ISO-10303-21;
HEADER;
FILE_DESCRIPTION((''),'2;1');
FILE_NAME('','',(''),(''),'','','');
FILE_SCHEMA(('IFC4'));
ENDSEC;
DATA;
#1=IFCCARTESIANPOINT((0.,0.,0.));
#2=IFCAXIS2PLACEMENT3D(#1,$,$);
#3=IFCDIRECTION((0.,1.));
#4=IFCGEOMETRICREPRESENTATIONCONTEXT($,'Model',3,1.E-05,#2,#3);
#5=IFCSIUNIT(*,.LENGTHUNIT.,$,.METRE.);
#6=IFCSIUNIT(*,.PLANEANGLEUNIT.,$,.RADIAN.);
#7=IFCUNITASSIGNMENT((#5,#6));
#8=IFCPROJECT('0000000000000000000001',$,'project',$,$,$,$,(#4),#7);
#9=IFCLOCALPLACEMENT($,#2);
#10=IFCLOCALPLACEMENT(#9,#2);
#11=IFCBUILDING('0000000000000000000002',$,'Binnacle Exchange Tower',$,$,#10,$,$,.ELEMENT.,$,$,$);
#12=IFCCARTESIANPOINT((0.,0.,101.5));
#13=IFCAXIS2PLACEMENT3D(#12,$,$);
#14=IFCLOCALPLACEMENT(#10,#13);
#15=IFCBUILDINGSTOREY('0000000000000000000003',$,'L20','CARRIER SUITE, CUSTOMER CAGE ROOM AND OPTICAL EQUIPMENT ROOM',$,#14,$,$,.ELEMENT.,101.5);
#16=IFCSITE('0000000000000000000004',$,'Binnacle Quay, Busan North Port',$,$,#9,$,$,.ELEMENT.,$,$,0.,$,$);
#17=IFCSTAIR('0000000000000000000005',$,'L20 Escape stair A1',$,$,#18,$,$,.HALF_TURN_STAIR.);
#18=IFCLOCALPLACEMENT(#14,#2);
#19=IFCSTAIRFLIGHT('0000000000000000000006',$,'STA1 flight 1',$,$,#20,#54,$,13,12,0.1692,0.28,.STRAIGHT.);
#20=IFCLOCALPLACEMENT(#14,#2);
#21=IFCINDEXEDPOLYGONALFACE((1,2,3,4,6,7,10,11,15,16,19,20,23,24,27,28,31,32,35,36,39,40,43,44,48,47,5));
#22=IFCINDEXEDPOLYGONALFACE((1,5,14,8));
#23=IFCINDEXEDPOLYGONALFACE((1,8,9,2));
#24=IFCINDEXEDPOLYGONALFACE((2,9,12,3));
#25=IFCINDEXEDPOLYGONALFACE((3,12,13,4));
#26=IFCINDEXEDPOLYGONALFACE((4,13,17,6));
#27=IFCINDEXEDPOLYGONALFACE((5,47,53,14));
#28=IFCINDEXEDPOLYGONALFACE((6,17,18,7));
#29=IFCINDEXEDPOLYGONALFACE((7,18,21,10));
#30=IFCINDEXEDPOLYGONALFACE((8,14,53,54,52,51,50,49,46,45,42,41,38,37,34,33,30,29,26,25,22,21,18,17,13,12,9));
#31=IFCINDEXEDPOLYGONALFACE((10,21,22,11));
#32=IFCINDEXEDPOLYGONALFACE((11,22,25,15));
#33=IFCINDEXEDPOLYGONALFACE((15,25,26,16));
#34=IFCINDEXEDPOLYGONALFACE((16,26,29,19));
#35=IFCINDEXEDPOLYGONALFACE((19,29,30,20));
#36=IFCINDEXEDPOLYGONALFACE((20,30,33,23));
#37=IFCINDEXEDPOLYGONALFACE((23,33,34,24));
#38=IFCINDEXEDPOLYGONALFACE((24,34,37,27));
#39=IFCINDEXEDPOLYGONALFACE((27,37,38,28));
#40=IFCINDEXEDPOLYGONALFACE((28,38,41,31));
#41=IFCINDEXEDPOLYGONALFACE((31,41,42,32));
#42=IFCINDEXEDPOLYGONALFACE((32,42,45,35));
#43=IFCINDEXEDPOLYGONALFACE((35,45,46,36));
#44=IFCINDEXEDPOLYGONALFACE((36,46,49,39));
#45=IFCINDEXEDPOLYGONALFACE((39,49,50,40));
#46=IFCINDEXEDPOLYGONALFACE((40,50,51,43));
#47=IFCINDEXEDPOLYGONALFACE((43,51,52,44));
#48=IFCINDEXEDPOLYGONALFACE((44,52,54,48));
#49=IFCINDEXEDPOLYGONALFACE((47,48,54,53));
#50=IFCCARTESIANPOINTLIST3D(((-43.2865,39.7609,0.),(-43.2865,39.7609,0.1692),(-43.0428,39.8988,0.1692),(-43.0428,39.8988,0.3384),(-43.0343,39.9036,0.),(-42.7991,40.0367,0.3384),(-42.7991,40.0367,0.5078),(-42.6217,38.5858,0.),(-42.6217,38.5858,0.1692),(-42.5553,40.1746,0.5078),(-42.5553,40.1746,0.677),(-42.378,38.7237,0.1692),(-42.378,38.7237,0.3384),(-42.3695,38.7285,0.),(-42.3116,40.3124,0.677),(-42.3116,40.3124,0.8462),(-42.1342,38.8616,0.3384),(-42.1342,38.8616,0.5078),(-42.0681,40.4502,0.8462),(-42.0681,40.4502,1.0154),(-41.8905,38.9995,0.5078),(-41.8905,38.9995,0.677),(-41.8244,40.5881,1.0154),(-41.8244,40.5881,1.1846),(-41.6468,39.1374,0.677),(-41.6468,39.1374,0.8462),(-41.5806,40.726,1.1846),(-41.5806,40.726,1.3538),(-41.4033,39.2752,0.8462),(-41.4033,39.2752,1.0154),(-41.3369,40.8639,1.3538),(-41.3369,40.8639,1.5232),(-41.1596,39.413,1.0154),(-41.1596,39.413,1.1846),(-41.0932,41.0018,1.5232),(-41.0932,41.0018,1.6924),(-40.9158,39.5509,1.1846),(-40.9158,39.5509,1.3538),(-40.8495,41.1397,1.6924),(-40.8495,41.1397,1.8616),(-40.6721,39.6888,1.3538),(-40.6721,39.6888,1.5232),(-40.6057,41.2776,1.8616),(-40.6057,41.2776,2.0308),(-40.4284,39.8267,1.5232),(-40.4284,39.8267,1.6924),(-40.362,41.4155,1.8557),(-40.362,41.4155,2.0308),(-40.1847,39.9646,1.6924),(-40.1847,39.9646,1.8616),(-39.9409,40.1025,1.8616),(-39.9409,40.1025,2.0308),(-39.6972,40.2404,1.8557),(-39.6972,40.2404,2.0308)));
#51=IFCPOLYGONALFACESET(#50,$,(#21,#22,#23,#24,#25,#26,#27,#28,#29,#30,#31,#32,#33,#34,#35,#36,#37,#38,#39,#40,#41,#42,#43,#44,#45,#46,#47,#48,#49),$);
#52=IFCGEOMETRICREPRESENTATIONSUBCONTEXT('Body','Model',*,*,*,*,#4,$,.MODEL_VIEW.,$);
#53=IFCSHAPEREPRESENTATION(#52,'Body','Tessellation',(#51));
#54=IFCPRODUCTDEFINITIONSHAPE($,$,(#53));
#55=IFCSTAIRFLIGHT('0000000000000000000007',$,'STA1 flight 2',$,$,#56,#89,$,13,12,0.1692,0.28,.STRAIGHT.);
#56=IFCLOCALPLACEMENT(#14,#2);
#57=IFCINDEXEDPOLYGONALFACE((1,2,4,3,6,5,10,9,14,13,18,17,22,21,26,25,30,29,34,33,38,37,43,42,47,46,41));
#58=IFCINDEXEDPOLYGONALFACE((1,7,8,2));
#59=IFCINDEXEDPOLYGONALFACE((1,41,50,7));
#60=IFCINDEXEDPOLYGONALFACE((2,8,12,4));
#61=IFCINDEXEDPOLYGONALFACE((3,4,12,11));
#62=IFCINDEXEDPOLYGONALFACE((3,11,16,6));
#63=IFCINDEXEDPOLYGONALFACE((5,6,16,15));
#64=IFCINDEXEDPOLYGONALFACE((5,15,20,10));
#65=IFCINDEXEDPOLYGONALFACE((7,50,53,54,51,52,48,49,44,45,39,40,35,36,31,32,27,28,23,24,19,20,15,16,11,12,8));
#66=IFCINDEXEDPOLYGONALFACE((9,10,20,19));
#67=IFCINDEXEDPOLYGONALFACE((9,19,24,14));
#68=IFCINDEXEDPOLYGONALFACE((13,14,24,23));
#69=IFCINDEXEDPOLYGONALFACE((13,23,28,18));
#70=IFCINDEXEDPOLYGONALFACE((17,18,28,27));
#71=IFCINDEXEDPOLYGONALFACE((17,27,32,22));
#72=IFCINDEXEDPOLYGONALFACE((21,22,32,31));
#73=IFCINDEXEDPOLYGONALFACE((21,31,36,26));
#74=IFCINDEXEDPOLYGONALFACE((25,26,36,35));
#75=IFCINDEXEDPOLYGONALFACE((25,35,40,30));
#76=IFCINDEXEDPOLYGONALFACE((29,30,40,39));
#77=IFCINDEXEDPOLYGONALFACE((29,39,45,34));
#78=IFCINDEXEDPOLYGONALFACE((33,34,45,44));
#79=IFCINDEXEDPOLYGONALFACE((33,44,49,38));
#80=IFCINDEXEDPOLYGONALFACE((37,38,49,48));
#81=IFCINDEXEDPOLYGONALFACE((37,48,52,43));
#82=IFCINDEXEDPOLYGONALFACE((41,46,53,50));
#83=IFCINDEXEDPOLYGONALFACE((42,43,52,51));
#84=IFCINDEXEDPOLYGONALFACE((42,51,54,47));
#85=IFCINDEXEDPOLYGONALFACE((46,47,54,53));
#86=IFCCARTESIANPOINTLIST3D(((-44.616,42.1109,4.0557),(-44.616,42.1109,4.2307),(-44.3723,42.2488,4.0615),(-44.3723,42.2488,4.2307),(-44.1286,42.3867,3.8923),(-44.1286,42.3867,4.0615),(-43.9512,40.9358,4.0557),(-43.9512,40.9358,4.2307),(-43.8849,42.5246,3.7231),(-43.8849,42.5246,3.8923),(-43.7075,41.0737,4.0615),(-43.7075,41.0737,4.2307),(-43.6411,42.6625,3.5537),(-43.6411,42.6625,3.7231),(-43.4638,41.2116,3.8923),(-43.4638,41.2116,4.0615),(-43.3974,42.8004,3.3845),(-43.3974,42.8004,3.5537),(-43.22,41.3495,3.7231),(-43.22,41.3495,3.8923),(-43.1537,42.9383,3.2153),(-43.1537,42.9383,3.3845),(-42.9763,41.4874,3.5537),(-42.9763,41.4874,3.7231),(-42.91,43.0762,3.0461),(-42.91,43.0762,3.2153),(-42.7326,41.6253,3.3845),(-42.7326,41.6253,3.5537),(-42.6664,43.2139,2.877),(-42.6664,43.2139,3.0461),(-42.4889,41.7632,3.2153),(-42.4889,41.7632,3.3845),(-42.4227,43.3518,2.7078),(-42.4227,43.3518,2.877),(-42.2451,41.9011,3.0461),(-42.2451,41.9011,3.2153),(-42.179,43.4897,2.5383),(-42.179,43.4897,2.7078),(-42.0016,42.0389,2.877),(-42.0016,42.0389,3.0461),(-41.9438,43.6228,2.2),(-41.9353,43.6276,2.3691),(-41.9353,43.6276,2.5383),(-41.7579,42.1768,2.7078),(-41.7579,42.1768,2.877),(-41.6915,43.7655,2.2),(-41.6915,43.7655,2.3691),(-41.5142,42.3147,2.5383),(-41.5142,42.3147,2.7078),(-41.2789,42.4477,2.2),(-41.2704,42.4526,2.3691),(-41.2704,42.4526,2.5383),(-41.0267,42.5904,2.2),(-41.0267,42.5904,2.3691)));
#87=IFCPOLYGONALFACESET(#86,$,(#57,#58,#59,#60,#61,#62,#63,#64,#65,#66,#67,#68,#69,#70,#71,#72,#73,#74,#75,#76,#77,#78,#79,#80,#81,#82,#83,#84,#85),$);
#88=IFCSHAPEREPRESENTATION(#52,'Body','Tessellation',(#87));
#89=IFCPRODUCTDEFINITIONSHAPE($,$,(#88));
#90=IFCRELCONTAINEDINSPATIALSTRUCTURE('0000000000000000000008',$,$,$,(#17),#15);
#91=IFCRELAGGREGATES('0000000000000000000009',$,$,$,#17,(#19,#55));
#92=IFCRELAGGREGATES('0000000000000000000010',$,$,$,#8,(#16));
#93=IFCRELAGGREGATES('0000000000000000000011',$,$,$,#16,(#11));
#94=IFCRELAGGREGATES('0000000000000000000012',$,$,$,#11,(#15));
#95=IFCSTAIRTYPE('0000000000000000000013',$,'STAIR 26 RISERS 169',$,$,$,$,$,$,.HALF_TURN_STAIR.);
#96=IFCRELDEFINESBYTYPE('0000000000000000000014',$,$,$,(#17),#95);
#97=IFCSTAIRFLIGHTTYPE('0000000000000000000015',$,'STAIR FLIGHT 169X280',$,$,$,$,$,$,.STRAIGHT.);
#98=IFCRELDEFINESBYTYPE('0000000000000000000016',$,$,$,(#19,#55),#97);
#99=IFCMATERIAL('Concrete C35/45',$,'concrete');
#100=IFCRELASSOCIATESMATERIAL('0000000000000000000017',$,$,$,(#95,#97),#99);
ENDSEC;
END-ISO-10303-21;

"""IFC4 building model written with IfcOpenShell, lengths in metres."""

from ifc_helpers import new_model, si_unit, direction, frame, origin, place, context, subcontext, project, spatial, polyline, outline, extrude, material, type_object, element, aggregate, save


model = new_model("IFC4")

# Units and contexts
model_context = context("Model", 3, precision=1e-05, world=origin(), true_north=direction((0.0, 1.0)))
body_context = subcontext(model_context, "Body", "Model", "MODEL_VIEW")
ifc_project = project(units=[si_unit("LENGTHUNIT", "METRE"), si_unit("PLANEANGLEUNIT", "RADIAN")], contexts=[model_context])

# Site, building, storey
site_placement = place(None, origin())
site = spatial("IfcSite", under=ifc_project, at=site_placement, Name="Binnacle Quay, Busan North Port", CompositionType="ELEMENT", RefElevation=0.0)
building_placement = place(site_placement, origin())
building = spatial("IfcBuilding", under=site, at=building_placement, Name="Binnacle Exchange Tower", CompositionType="ELEMENT")
storey_placement = place(building_placement, frame((0.0, 0.0, 101.5)))
storey = spatial("IfcBuildingStorey", under=building, at=storey_placement, Name="L20", Description="CARRIER SUITE, CUSTOMER CAGE ROOM AND OPTICAL EQUIPMENT ROOM", CompositionType="ELEMENT", Elevation=101.5)

# Stair, stair flights
ifc_material_1 = material(Name="Concrete C35/45", Category="concrete")
stair_type = type_object("IfcStairType", Name="STAIR 26 RISERS 169", PredefinedType="HALF_TURN_STAIR", material=ifc_material_1)
stair_placement = place(storey_placement, origin())
stair = element("IfcStair", 1, at=stair_placement, inside=storey, type_object=stair_type, Name="L20 Escape stair A1", PredefinedType="HALF_TURN_STAIR")
stair_flight_type = type_object("IfcStairFlightType", Name="STAIR FLIGHT 169X280", PredefinedType="STRAIGHT", material=ifc_material_1)
stair_flight_1_placement = place(storey_placement, frame((-42.9541, 39.1733, 0.0), z_axis=(0.0, 0.0, 1.0), x_axis=(0.870356, 0.492424, 0.0)))
stair_flight_1 = element("IfcStairFlight", 2, at=stair_flight_1_placement, type_object=stair_flight_type, Name="STA1 flight 1", NumberOfRisers=13, NumberOfTreads=12, PredefinedType="STRAIGHT", RiserHeight=0.1692, TreadLength=0.28, context=body_context, shape_type="SweptSolid", body=[
    extrude(outline(polyline([(0.0, 0.0), (0.0, 0.1692), (0.28, 0.1692), (0.28, 0.3384), (0.5601, 0.3384), (0.5601, 0.5078), (0.8401, 0.5078), (0.8401, 0.677), (1.1201, 0.677), (1.1201, 0.8462), (1.3999, 0.8462), (1.3999, 1.0154), (1.6799, 1.0154), (1.6799, 1.1846), (1.96, 1.1846), (1.96, 1.3538), (2.24, 1.3538), (2.24, 1.5232), (2.52, 1.5232), (2.52, 1.6924), (2.8, 1.6924), (2.8, 1.8616), (3.0801, 1.8616), (3.0801, 2.0308), (3.3601, 2.0308), (3.3601, 2.2), (3.3601, 1.8557), (0.2898, 0.0), (0.0, 0.0)])), frame((0.0, 0.675, 0.0), z_axis=(0.0, -1.0, 0.0), x_axis=(1.0, 0.0, 0.0)), (0.0, 0.0, 1.0), 1.3501),
])
stair_flight_2_placement = place(storey_placement, frame((-41.3591, 43.178, 2.2), z_axis=(0.0, 0.0, 1.0), x_axis=(-0.870356, -0.492424, 0.0)))
stair_flight_2 = element("IfcStairFlight", 3, at=stair_flight_2_placement, type_object=stair_flight_type, Name="STA1 flight 2", NumberOfRisers=13, NumberOfTreads=12, PredefinedType="STRAIGHT", RiserHeight=0.1692, TreadLength=0.28, context=body_context, shape_type="SweptSolid", body=[
    extrude(outline(polyline([(0.0, 0.0), (0.0, 0.1692), (0.28, 0.1692), (0.28, 0.3384), (0.5601, 0.3384), (0.5601, 0.5078), (0.8401, 0.5078), (0.8401, 0.677), (1.1201, 0.677), (1.1201, 0.8462), (1.3999, 0.8462), (1.3999, 1.0154), (1.6799, 1.0154), (1.6799, 1.1846), (1.96, 1.1846), (1.96, 1.3538), (2.24, 1.3538), (2.24, 1.5232), (2.52, 1.5232), (2.52, 1.6924), (2.8, 1.6924), (2.8, 1.8616), (3.0801, 1.8616), (3.0801, 2.0308), (3.3601, 2.0308), (3.3601, 2.2), (3.3601, 1.8557), (0.2898, 0.0), (0.0, 0.0)])), frame((0.0, 0.675, 0.0), z_axis=(0.0, -1.0, 0.0), x_axis=(1.0, 0.0, 0.0)), (0.0, 0.0, 1.0), 1.3501),
])
aggregate(stair, [stair_flight_1, stair_flight_2])

save(model, "model.ifc")
